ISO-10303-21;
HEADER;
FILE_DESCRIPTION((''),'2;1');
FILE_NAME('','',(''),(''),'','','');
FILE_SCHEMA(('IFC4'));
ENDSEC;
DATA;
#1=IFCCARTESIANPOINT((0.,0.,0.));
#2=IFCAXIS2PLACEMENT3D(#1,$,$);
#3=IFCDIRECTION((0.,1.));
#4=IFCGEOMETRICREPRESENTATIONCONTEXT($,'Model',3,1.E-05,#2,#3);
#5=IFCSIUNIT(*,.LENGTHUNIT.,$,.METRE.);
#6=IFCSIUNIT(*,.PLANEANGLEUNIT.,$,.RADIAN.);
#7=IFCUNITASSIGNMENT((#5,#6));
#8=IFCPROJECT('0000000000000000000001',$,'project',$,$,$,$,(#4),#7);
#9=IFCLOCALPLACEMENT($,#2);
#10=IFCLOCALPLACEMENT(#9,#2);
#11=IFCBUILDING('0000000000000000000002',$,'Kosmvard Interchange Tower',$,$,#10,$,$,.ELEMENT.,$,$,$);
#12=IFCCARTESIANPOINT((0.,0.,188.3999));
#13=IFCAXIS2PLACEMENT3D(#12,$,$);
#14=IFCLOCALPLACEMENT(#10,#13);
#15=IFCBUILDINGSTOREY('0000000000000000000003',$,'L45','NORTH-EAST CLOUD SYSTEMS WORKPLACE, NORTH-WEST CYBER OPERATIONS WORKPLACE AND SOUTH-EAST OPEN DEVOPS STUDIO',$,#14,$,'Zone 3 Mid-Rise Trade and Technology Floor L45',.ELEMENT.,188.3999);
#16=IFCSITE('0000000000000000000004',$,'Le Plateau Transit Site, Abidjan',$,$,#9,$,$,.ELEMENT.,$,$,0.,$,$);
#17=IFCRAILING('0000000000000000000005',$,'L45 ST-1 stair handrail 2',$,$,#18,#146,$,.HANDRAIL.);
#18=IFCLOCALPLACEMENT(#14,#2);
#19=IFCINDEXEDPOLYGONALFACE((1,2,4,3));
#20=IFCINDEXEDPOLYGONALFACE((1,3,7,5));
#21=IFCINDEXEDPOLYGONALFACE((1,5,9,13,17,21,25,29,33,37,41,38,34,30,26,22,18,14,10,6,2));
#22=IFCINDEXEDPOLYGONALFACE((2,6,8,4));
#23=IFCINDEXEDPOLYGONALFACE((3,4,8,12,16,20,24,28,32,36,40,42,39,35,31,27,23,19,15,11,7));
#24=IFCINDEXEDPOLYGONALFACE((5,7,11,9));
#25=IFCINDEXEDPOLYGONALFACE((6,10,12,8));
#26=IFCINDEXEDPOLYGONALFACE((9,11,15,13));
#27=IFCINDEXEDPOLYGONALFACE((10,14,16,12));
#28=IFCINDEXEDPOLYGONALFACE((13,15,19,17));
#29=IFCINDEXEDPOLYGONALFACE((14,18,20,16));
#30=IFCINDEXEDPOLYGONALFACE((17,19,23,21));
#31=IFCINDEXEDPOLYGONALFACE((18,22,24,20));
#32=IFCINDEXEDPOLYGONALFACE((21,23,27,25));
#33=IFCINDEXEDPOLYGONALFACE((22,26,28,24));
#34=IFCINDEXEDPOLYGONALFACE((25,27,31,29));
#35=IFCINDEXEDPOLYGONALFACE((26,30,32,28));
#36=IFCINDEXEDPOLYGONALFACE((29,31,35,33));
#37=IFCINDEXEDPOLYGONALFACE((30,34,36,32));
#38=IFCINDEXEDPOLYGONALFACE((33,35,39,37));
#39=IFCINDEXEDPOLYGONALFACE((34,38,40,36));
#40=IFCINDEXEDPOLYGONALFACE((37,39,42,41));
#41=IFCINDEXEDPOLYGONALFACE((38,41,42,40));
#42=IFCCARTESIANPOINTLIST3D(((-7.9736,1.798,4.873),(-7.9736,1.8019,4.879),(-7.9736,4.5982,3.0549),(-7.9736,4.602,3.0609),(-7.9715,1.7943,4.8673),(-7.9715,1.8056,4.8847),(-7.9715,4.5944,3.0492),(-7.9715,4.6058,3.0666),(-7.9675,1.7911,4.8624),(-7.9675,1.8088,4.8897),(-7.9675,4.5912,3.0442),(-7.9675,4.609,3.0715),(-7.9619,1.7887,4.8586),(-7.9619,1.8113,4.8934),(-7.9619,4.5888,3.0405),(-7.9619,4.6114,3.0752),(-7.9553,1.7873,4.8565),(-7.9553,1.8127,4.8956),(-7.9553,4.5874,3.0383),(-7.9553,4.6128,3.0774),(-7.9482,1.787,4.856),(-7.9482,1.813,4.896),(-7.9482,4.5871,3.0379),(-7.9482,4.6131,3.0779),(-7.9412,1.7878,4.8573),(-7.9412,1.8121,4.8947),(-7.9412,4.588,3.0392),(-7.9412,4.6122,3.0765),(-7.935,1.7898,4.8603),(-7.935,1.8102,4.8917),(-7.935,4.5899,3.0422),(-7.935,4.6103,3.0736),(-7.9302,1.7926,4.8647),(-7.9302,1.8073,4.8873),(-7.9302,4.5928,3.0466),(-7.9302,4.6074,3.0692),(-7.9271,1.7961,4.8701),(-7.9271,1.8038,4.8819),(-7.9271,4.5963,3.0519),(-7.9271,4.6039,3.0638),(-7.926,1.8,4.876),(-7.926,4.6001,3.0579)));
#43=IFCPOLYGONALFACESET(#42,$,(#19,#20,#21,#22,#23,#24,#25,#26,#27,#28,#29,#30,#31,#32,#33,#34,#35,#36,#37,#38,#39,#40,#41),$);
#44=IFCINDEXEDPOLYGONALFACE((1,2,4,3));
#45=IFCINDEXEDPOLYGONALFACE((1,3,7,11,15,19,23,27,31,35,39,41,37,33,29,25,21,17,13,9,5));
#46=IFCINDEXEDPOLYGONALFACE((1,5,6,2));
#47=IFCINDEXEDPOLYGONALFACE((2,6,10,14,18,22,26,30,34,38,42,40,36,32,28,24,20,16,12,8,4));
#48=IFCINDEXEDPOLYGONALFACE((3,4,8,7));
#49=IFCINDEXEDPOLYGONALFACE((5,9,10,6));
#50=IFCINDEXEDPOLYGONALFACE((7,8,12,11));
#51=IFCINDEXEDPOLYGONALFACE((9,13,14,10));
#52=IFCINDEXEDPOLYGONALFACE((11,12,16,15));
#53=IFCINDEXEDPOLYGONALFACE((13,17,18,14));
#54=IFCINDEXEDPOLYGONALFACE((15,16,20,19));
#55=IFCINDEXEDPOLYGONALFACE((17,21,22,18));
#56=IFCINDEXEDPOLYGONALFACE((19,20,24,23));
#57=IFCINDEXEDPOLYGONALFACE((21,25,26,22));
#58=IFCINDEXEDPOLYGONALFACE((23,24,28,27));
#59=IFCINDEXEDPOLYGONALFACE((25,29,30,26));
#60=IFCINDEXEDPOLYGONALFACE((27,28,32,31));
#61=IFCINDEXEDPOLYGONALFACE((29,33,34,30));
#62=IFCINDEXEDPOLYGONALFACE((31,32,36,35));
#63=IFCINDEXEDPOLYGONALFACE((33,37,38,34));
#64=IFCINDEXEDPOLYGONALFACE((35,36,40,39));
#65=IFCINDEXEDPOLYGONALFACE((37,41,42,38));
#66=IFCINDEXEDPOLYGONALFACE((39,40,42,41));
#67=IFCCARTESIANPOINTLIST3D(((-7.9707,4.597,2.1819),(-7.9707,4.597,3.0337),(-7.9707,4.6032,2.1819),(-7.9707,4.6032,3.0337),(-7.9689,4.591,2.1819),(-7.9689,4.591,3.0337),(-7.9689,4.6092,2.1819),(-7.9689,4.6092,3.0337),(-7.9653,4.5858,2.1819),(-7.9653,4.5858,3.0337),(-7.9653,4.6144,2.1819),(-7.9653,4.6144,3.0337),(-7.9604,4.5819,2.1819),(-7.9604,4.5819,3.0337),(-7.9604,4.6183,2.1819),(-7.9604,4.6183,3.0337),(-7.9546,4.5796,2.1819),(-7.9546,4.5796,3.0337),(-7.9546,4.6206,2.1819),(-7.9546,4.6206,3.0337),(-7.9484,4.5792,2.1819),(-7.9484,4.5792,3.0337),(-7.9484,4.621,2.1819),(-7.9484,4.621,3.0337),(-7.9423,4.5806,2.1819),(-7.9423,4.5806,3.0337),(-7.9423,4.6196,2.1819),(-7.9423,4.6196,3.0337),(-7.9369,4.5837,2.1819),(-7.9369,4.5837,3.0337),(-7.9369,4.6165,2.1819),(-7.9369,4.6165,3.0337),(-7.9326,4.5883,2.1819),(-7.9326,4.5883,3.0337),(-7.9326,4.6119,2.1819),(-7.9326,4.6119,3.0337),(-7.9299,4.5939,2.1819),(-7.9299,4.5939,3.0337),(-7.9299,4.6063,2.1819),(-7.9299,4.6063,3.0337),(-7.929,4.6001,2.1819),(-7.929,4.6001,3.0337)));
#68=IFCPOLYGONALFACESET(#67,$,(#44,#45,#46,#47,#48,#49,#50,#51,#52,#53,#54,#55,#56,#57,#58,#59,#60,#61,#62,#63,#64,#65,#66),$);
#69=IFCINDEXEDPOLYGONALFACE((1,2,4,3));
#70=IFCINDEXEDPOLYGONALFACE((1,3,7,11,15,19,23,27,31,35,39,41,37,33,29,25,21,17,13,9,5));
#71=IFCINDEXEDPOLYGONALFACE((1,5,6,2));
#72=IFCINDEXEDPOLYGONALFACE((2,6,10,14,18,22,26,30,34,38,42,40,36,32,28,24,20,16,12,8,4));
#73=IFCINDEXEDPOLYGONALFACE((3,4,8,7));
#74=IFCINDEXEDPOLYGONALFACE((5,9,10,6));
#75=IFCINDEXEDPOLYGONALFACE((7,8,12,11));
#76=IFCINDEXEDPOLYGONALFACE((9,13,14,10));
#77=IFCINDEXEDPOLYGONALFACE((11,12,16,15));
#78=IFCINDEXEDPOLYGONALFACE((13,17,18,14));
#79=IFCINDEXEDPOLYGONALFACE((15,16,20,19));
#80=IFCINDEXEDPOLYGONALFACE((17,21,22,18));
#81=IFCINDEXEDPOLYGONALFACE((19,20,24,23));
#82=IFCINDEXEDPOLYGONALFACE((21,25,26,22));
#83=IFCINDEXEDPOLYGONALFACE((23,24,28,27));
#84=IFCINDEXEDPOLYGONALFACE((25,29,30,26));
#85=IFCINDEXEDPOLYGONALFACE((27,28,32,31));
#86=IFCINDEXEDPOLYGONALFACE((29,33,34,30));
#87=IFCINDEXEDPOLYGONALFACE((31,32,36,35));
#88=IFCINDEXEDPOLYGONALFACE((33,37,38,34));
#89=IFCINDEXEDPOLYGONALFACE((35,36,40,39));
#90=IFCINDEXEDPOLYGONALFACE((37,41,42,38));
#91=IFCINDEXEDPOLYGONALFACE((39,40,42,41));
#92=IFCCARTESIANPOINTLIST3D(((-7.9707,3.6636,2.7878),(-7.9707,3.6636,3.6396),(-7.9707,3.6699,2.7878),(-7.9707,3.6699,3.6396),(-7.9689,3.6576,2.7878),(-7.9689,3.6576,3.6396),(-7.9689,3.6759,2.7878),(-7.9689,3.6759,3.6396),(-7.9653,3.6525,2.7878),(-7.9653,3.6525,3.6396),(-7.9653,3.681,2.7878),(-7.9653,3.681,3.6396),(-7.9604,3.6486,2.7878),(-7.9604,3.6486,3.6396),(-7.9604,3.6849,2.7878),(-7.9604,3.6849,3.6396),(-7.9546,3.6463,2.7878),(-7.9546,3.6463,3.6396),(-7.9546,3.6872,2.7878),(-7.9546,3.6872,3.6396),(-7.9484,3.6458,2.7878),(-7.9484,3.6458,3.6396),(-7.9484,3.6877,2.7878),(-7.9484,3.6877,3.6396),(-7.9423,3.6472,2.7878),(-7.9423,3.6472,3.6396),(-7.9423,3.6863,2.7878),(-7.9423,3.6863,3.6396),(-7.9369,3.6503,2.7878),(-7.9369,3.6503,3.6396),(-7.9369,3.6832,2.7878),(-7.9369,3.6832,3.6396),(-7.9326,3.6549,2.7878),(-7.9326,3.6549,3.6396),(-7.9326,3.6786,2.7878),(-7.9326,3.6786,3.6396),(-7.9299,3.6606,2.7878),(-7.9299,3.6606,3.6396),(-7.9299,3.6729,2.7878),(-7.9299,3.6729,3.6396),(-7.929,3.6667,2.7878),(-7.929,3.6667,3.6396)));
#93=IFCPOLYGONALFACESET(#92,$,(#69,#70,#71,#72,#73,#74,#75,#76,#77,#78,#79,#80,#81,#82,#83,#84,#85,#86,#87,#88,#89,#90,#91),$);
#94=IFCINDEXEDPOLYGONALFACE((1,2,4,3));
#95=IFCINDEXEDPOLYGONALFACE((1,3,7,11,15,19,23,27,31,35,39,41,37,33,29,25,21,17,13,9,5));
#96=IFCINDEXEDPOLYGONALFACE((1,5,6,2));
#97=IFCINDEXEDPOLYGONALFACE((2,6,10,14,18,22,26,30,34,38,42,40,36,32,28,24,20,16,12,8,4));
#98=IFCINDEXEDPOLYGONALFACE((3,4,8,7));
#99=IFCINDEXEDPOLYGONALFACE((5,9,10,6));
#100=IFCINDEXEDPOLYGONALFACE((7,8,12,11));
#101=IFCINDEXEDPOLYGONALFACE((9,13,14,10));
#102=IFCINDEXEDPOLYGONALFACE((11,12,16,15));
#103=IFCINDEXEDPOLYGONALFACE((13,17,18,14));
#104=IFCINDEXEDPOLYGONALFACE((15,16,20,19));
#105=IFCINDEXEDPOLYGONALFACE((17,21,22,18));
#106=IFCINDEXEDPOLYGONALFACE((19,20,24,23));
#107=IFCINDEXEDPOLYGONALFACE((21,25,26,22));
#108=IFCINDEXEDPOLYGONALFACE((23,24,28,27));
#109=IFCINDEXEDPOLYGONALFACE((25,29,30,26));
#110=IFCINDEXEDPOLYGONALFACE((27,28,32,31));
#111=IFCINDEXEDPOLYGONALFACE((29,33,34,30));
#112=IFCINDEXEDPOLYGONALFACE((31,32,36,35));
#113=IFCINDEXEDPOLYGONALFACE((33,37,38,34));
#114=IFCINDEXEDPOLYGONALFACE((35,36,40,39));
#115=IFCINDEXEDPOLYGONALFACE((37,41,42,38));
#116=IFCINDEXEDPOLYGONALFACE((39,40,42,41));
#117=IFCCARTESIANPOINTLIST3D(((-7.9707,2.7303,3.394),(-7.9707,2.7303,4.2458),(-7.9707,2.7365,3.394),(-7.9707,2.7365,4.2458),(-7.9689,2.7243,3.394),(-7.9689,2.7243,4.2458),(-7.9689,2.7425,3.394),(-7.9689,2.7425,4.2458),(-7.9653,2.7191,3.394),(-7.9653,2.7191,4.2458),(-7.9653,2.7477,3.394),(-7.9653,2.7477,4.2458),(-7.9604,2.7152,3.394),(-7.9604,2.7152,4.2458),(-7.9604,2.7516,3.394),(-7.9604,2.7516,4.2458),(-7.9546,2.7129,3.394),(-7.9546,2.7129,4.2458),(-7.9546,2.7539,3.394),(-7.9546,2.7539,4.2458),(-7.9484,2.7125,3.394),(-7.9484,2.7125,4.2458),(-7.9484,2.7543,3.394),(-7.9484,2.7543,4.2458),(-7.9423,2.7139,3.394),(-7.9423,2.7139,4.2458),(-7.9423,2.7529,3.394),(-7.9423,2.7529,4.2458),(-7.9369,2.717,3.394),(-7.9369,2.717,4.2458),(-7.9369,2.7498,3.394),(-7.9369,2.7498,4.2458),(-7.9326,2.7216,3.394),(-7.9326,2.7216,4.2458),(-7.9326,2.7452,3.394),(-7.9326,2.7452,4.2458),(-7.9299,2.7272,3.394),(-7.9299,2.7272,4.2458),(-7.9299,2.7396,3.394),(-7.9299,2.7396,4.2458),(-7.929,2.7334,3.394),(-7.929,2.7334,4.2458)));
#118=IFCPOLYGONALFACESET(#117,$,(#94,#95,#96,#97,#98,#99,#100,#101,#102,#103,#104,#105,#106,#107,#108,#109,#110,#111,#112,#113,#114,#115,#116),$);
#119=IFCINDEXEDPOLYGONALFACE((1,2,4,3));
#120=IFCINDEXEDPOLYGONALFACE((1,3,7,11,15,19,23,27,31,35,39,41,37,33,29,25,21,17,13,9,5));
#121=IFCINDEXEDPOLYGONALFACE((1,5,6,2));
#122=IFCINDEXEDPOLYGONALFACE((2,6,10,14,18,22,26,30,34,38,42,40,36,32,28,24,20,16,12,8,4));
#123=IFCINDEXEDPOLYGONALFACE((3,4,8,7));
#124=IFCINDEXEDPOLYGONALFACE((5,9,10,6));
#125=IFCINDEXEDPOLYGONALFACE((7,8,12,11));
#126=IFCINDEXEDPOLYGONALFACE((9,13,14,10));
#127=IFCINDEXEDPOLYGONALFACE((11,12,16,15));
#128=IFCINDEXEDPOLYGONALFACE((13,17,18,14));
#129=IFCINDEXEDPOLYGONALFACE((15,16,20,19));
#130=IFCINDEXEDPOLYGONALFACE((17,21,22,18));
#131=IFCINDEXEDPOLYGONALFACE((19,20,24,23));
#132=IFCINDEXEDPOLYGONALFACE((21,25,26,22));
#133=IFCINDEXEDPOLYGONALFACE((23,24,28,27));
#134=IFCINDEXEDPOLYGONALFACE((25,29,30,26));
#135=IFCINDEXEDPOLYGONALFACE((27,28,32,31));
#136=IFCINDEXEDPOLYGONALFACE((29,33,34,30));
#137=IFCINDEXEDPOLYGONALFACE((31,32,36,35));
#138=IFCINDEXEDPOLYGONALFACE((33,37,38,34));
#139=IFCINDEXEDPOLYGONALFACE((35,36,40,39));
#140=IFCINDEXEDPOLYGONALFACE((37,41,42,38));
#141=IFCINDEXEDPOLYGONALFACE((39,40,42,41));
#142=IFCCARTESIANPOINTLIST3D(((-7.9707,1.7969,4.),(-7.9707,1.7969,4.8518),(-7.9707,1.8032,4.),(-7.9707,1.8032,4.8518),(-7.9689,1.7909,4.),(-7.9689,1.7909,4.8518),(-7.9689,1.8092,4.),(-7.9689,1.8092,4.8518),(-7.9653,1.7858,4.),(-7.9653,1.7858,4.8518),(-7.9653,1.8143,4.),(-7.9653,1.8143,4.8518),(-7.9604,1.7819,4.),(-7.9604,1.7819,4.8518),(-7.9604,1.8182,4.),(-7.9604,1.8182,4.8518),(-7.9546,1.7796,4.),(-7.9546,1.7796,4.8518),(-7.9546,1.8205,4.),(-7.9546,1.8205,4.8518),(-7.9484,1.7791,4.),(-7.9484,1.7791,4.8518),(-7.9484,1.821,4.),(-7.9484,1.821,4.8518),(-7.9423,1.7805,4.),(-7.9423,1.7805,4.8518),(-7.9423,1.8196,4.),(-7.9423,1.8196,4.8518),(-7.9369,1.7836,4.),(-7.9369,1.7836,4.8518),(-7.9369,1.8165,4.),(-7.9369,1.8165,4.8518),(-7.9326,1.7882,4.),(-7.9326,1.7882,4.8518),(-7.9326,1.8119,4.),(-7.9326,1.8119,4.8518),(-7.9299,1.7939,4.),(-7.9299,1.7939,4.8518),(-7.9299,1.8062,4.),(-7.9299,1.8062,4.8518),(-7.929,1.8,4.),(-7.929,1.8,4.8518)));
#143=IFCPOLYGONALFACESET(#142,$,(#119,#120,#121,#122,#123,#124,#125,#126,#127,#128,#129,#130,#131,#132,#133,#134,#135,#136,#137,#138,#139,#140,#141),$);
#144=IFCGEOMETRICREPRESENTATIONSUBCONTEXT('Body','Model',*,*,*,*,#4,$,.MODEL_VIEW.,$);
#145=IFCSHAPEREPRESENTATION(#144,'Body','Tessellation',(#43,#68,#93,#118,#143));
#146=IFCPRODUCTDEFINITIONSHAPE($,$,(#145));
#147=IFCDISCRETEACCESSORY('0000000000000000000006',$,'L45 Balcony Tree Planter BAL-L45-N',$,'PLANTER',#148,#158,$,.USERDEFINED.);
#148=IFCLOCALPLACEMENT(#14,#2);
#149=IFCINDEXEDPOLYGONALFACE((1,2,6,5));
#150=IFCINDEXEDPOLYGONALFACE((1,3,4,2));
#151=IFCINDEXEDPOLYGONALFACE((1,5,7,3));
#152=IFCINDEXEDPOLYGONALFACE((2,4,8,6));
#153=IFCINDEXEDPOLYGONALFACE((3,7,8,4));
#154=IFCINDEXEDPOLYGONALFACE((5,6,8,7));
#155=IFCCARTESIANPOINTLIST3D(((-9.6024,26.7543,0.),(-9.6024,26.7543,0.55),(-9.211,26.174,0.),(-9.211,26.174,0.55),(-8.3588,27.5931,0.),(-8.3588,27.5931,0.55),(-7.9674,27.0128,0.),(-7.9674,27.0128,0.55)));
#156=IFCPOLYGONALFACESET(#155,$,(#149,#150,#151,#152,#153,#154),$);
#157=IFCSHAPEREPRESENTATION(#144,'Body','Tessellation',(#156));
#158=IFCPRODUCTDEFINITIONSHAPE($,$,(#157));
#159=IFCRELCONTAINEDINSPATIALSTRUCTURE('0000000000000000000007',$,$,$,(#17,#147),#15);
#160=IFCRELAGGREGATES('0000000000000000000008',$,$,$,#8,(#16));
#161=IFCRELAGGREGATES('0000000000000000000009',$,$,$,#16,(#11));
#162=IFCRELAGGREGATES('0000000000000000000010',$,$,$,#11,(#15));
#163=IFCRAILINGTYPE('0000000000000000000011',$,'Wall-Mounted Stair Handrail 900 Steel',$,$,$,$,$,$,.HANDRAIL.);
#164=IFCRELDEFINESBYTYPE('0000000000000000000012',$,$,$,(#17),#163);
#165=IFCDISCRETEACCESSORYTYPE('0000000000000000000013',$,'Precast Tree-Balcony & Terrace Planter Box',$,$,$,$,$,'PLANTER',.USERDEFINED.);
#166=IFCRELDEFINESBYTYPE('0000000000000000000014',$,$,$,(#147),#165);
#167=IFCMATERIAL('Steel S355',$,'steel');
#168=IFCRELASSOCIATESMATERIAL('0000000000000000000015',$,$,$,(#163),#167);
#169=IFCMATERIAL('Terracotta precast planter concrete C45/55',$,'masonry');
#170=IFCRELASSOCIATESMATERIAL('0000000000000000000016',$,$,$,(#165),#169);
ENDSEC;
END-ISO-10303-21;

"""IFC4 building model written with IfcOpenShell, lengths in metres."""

from ifc_helpers import new_model, si_unit, direction, frame, origin, origin_2d, place, context, subcontext, project, spatial, rectangle, circle, extrude, source, transform, mapped, material, type_object, element, save


model = new_model("IFC4")

# Units and contexts
model_context = context("Model", 3, precision=1e-05, world=origin(), true_north=direction((0.0, 1.0)))
body_context = subcontext(model_context, "Body", "Model", "MODEL_VIEW")
ifc_project = project(units=[si_unit("LENGTHUNIT", "METRE"), si_unit("PLANEANGLEUNIT", "RADIAN")], contexts=[model_context])

# Site, building, storey
site_placement = place(None, origin())
site = spatial("IfcSite", under=ifc_project, at=site_placement, Name="Le Plateau Transit Site, Abidjan", CompositionType="ELEMENT", RefElevation=0.0)
building_placement = place(site_placement, origin())
building = spatial("IfcBuilding", under=site, at=building_placement, Name="Kosmvard Interchange Tower", CompositionType="ELEMENT")
storey_placement = place(building_placement, frame((0.0, 0.0, 188.3999)))
storey = spatial("IfcBuildingStorey", under=building, at=storey_placement, Name="L45", Description="NORTH-EAST CLOUD SYSTEMS WORKPLACE, NORTH-WEST CYBER OPERATIONS WORKPLACE AND SOUTH-EAST OPEN DEVOPS STUDIO", LongName="Zone 3 Mid-Rise Trade and Technology Floor L45", CompositionType="ELEMENT", Elevation=188.3999)

# Shared definitions
ifc_material_1 = material(Name="Steel S355", Category="steel")

# Railing
railing_type_1 = type_object("IfcRailingType", Name="Wall-Mounted Stair Handrail 900 Steel", PredefinedType="HANDRAIL", material=ifc_material_1)
shared_shape_1 = source(origin(), body_context, "Body", "SweptSolid", [
    extrude(circle(Radius=0.0239, at=origin_2d()), frame((0.0, 0.0, 0.876), z_axis=(0.0, -0.838706, 0.544585), x_axis=(1.0, 0.0, 0.0)), (0.0, 0.0, 1.0), 3.3386),
    extrude(circle(Radius=0.021, at=origin_2d()), origin(), (0.0, 0.0, 1.0), 0.8518),
    extrude(circle(Radius=0.021, at=origin_2d()), frame((0.0, -0.9333, 0.606)), (0.0, 0.0, 1.0), 0.8518),
    extrude(circle(Radius=0.021, at=origin_2d()), frame((0.0, -1.8667, 1.2122)), (0.0, 0.0, 1.0), 0.8518),
    extrude(circle(Radius=0.021, at=origin_2d()), frame((0.0, -2.8, 1.8181)), (0.0, 0.0, 1.0), 0.8518),
])
railing_1_placement = place(storey_placement, frame((-7.95, 4.6001, 2.1819)))
element("IfcRailing", 1, at=railing_1_placement, inside=storey, type_object=railing_type_1, Name="L45 ST-1 stair handrail 2", PredefinedType="HANDRAIL", context=body_context, shape_type="MappedRepresentation", body=[
    mapped(shared_shape_1, transform((0.0, 0.0, 0.0), scale=1.0)),
])

# Discrete accessory
ifc_material_2 = material(Name="Terracotta precast planter concrete C45/55", Category="masonry")
discrete_accessory_type = type_object("IfcDiscreteAccessoryType", Name="Precast Tree-Balcony & Terrace Planter Box", ElementType="PLANTER", PredefinedType="USERDEFINED", material=ifc_material_2)
shared_shape_2 = source(origin(), body_context, "Body", "SweptSolid", [
    extrude(rectangle(XDim=1.5, YDim=0.7, at=origin_2d()), origin(), (0.0, 0.0, 1.0), 0.55),
])
discrete_accessory_placement = place(storey_placement, frame((-8.7849, 26.8835, 0.0), z_axis=(0.0, 0.0, 1.0), x_axis=(0.829038, 0.559193, 0.0)))
element("IfcDiscreteAccessory", 2, at=discrete_accessory_placement, inside=storey, type_object=discrete_accessory_type, Name="L45 Balcony Tree Planter BAL-L45-N", ObjectType="PLANTER", PredefinedType="USERDEFINED", context=body_context, shape_type="MappedRepresentation", body=[
    mapped(shared_shape_2, transform((0.0, 0.0, 0.0), scale=1.0)),
])

save(model, "model.ifc")
